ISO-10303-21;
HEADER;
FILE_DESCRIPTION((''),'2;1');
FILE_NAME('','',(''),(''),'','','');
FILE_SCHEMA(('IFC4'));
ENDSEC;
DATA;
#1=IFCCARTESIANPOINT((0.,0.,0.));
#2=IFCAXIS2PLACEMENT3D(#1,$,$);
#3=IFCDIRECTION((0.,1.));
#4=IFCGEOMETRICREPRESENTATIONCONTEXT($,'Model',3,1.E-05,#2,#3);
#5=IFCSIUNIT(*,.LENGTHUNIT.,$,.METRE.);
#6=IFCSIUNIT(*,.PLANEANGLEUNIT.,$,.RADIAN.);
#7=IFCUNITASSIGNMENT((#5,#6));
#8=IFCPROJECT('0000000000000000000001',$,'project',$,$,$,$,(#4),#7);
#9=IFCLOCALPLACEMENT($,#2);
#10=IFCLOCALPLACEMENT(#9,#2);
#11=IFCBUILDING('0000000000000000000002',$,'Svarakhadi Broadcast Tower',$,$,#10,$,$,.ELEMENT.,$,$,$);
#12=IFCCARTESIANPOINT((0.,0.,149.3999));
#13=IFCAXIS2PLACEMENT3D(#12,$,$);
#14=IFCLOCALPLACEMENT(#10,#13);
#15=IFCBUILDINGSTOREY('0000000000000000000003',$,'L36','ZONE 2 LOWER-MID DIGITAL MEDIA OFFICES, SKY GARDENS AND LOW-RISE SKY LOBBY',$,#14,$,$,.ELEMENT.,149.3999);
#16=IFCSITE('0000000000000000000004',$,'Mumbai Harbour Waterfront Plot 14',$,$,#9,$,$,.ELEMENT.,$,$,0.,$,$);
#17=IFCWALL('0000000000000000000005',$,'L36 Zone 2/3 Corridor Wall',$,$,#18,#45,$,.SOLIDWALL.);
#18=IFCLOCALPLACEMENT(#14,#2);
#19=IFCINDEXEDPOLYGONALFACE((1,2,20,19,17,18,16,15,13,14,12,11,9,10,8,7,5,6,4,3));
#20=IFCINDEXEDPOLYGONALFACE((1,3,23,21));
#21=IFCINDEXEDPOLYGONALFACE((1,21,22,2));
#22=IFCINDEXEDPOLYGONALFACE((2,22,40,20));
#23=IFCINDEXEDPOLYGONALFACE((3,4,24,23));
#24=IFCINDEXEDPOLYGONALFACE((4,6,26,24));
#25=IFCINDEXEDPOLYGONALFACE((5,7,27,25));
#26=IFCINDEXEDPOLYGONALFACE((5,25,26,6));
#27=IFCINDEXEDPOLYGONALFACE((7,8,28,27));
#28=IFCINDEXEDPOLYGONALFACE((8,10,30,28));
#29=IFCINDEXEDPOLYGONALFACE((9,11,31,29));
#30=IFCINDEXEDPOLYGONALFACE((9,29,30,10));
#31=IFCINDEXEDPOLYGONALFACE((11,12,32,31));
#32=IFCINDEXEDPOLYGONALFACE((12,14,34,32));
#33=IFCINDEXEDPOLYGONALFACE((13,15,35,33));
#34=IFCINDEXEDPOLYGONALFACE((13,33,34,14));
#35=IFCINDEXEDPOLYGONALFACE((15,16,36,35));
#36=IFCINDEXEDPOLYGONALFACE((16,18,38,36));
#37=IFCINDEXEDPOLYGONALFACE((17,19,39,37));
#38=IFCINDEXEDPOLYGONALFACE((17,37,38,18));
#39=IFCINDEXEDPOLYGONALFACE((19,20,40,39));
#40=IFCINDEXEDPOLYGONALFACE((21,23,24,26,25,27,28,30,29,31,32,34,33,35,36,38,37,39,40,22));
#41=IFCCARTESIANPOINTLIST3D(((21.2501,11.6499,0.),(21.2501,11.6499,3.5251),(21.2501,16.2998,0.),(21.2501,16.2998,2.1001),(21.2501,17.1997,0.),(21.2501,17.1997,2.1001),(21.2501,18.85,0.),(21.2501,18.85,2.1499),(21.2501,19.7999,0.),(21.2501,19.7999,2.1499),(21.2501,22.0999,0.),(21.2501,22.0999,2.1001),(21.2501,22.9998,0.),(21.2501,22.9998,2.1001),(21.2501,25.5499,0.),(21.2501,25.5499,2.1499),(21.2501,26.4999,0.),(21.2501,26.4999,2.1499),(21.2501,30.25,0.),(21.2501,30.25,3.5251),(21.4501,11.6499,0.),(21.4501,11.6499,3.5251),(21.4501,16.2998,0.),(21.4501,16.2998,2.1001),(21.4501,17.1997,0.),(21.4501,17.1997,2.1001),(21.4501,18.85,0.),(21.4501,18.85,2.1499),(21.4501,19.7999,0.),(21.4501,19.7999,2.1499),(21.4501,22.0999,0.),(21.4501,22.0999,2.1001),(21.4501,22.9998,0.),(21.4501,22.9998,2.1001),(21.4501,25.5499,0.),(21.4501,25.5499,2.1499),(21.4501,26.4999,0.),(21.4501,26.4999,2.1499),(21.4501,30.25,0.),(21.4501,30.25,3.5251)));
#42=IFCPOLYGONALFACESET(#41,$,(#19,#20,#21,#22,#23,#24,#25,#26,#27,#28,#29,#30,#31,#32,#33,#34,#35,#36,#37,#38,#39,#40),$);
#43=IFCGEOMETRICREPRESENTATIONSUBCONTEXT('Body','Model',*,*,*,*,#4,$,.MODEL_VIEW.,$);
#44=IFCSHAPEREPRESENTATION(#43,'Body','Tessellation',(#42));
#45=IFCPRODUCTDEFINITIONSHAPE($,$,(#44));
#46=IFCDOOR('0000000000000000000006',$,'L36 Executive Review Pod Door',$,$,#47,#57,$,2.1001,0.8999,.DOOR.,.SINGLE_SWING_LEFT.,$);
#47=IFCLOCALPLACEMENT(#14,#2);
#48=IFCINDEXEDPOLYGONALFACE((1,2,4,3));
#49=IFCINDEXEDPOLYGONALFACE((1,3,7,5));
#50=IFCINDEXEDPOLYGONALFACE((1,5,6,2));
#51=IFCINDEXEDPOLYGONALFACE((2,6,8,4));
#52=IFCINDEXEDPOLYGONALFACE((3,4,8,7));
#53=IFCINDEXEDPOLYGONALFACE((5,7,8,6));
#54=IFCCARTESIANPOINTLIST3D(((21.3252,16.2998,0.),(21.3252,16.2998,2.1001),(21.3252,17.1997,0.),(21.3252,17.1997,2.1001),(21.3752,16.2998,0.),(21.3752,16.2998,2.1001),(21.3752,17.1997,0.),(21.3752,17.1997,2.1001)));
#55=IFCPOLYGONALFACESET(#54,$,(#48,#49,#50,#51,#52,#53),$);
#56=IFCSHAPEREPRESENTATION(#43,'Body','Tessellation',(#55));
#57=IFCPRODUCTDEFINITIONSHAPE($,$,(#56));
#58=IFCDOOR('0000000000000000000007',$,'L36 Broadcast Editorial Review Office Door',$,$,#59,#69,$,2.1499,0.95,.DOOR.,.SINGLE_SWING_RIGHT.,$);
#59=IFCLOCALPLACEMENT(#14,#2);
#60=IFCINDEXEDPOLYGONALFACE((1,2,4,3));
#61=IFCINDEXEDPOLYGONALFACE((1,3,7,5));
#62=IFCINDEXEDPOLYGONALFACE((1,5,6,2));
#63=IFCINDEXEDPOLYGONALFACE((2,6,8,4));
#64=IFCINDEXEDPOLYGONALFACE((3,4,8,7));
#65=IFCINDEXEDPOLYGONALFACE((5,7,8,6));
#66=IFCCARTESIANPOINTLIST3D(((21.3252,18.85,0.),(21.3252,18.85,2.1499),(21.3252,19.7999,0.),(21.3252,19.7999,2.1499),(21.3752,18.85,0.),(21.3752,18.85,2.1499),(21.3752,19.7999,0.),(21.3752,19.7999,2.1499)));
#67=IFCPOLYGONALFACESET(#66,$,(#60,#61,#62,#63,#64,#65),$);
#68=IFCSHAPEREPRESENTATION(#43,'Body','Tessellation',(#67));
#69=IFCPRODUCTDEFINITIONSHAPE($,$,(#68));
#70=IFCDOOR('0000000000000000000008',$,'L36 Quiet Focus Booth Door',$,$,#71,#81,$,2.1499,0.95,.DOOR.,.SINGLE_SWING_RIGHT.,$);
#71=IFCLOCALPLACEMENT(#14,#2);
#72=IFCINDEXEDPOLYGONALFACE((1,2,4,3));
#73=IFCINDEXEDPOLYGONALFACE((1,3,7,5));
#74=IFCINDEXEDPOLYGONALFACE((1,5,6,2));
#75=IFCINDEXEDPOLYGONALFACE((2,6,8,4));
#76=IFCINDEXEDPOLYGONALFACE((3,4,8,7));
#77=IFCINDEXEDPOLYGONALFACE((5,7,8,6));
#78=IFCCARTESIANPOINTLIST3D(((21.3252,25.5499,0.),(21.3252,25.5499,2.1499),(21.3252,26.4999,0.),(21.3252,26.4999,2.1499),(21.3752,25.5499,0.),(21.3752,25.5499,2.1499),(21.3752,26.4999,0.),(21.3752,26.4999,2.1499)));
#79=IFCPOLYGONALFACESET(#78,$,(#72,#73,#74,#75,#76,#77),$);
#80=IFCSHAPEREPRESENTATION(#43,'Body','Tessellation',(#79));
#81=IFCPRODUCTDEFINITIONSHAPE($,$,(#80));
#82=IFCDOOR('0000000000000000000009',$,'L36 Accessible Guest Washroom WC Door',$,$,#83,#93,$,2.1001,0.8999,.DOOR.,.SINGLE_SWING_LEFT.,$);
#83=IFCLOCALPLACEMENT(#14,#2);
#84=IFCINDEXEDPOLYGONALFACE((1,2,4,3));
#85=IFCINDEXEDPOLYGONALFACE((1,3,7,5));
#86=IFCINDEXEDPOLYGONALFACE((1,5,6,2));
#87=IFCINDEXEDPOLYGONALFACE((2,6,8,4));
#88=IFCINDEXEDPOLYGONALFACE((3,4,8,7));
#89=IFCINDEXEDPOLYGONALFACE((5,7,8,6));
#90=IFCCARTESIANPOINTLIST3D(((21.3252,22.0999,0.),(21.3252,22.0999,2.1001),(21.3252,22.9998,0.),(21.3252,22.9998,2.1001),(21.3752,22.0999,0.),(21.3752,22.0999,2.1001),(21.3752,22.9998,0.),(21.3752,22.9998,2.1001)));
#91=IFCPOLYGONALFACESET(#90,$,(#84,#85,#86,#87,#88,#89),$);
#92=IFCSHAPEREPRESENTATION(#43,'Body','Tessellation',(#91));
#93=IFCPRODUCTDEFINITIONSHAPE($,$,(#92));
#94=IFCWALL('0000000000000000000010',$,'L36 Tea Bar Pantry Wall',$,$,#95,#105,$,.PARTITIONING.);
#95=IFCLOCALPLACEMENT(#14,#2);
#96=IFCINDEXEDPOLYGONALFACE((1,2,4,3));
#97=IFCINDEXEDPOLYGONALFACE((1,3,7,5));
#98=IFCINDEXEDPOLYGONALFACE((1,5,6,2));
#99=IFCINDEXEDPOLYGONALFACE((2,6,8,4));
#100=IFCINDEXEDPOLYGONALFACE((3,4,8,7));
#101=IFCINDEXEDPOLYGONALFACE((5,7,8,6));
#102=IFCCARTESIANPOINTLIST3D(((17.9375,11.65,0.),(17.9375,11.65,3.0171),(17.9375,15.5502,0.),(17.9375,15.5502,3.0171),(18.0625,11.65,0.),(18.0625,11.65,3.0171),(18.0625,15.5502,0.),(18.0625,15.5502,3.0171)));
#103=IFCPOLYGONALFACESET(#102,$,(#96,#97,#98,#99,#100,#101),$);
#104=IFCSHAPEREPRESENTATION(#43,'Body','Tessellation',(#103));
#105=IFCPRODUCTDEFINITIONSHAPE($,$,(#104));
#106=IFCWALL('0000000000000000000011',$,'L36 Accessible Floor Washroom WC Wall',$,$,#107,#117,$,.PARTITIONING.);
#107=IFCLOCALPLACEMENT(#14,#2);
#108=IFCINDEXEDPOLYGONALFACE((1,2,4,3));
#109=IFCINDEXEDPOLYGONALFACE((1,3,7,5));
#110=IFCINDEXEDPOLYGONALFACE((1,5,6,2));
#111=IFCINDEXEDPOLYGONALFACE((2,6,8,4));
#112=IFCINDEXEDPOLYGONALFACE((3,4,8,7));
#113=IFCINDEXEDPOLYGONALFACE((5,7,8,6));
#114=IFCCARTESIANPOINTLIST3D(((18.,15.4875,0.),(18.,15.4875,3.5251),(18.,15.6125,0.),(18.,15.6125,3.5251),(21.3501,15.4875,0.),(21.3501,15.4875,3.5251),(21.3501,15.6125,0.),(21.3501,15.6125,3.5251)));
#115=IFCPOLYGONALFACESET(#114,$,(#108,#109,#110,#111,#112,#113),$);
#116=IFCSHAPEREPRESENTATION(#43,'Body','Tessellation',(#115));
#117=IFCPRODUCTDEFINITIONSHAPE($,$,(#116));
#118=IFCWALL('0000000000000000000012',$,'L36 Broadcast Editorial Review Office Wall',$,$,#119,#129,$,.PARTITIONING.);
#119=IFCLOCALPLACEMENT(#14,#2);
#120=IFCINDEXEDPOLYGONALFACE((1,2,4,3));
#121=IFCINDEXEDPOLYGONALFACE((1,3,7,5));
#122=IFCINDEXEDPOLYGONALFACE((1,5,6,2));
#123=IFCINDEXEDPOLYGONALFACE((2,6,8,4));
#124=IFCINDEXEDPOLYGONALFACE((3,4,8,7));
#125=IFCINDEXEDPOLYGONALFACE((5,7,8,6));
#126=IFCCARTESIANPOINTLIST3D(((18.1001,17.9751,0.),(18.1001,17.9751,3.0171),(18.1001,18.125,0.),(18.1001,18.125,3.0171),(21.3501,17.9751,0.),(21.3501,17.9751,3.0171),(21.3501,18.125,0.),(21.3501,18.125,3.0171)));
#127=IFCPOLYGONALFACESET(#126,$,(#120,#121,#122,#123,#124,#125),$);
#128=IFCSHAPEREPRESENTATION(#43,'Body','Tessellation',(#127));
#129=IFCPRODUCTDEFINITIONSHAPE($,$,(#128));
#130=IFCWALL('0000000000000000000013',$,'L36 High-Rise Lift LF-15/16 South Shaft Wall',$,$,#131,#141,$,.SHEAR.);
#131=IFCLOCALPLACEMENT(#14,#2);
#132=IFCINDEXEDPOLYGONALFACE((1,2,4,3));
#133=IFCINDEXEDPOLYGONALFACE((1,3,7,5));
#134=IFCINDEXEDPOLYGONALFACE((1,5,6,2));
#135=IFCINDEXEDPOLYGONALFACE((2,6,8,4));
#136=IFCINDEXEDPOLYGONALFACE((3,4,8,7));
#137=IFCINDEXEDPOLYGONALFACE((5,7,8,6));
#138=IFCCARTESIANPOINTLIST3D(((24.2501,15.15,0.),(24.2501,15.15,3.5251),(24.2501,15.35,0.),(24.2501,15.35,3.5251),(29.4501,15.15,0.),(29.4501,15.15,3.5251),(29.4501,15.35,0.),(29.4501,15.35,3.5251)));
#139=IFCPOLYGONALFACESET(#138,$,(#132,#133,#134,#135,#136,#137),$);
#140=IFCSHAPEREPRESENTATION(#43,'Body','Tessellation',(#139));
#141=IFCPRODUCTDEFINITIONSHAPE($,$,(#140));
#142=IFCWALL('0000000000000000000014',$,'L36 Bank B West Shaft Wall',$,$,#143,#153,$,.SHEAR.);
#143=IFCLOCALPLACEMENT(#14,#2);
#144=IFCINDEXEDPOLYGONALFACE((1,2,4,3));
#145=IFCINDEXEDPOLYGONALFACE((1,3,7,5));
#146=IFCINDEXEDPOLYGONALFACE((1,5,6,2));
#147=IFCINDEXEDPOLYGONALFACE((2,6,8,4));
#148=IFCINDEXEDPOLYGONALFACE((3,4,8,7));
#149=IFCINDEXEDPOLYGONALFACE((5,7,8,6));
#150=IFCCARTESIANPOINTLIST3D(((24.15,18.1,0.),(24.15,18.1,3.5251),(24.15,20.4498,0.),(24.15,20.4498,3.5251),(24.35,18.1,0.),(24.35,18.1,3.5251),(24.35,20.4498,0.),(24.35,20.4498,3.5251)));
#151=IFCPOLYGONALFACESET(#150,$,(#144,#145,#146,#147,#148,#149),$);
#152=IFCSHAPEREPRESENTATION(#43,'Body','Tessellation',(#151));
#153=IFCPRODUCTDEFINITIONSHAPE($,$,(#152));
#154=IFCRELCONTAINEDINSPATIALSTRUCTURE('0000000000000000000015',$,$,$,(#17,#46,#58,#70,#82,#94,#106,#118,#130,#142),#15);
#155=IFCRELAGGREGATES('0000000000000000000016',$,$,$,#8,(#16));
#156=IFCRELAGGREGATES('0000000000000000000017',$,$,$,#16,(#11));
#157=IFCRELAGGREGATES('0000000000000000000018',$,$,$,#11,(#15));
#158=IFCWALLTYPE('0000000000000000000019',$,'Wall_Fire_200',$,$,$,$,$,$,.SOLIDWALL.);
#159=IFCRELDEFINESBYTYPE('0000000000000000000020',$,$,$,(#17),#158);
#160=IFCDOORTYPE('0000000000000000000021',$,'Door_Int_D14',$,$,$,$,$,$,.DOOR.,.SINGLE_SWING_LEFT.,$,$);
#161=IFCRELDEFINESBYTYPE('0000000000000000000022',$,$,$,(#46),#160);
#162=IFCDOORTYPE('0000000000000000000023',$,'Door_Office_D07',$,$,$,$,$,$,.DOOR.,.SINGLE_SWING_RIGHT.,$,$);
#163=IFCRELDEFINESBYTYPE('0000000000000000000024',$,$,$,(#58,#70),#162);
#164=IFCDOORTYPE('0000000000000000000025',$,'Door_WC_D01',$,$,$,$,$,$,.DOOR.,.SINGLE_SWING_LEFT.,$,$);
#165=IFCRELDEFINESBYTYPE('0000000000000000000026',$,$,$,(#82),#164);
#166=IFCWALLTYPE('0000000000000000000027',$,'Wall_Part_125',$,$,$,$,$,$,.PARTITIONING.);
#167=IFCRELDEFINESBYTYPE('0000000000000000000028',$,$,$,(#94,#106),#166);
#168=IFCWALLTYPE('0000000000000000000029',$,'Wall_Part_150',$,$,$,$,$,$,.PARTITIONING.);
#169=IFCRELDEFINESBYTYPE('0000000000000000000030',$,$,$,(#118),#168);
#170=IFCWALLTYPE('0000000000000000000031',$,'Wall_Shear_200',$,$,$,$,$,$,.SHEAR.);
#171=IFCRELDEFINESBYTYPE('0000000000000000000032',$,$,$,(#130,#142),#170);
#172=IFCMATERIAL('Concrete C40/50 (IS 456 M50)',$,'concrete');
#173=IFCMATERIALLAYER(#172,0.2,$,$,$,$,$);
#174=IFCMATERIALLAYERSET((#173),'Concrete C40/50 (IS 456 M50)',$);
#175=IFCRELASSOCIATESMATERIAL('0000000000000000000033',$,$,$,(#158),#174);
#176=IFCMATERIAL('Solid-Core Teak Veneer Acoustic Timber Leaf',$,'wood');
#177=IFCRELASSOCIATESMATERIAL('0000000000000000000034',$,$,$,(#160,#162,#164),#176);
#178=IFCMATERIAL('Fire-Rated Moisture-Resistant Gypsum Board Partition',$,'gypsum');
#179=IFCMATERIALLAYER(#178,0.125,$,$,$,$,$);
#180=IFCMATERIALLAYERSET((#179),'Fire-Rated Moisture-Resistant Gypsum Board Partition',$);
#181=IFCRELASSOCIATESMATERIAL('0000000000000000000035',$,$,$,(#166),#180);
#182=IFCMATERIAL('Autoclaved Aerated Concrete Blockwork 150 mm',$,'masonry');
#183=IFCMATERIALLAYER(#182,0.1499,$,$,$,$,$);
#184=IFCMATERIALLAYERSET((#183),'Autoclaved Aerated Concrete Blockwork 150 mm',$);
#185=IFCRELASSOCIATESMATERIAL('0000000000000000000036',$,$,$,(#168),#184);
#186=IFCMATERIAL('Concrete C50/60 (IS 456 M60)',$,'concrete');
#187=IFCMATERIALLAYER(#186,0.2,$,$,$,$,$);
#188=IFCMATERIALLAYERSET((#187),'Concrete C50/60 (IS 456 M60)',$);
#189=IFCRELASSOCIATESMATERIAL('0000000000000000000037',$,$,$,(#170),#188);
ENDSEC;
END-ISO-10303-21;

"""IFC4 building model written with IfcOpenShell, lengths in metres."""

from ifc_helpers import new_model, si_unit, direction, frame, frame_2d, origin, place, context, subcontext, project, spatial, rectangle, extrude, material, layer, layer_set, type_object, element, fill, save


model = new_model("IFC4")

# Units and contexts
model_context = context("Model", 3, precision=1e-05, world=origin(), true_north=direction((0.0, 1.0)))
body_context = subcontext(model_context, "Body", "Model", "MODEL_VIEW")
ifc_project = project(units=[si_unit("LENGTHUNIT", "METRE"), si_unit("PLANEANGLEUNIT", "RADIAN")], contexts=[model_context])

# Site, building, storey
site_placement = place(None, origin())
site = spatial("IfcSite", under=ifc_project, at=site_placement, Name="Mumbai Harbour Waterfront Plot 14", CompositionType="ELEMENT", RefElevation=0.0)
building_placement = place(site_placement, origin())
building = spatial("IfcBuilding", under=site, at=building_placement, Name="Svarakhadi Broadcast Tower", CompositionType="ELEMENT")
storey_placement = place(building_placement, frame((0.0, 0.0, 149.3999)))
storey = spatial("IfcBuildingStorey", under=building, at=storey_placement, Name="L36", Description="ZONE 2 LOWER-MID DIGITAL MEDIA OFFICES, SKY GARDENS AND LOW-RISE SKY LOBBY", CompositionType="ELEMENT", Elevation=149.3999)

# Shared definitions
ifc_material_1 = material(Name="Concrete C50/60 (IS 456 M60)", Category="concrete")

# Wall, openings, doors
ifc_material_2 = material(Name="Concrete C40/50 (IS 456 M50)", Category="concrete")
ifc_layer_1 = layer(ifc_material_2, 0.2)
ifc_layer_set_1 = layer_set([ifc_layer_1], Name="Concrete C40/50 (IS 456 M50)")
wall_type_1 = type_object("IfcWallType", Name="Wall_Fire_200", PredefinedType="SOLIDWALL", material=ifc_layer_set_1)
wall_1_placement = place(storey_placement, frame((21.3501, 11.6499, 0.0), z_axis=(0.0, 0.0, 1.0), x_axis=(0.0, 1.0, 0.0)))
wall_1 = element("IfcWall", 1, at=wall_1_placement, inside=storey, type_object=wall_type_1, Name="L36 Zone 2/3 Corridor Wall", PredefinedType="SOLIDWALL", context=body_context, shape_type="SweptSolid", body=[
    extrude(rectangle(XDim=18.6001, YDim=0.2, at=frame_2d((9.3, 0.0))), origin(), (0.0, 0.0, 1.0), 3.5251),
])
opening_1_placement = place(wall_1_placement, frame((7.2, 0.0, 0.0)))
opening_1 = element("IfcOpeningElement", 2, at=opening_1_placement, cuts=wall_1, PredefinedType="OPENING", context=body_context, shape_type="SweptSolid", body=[
    extrude(rectangle(XDim=0.95, YDim=2.1499, at=frame_2d((0.4751, 1.075))), frame((0.0, 0.1099, 0.0), z_axis=(0.0, -1.0, 0.0), x_axis=(1.0, 0.0, 0.0)), (0.0, 0.0, 1.0), 0.22),
])
opening_2_placement = place(wall_1_placement, frame((10.45, 0.0, 0.0)))
opening_2 = element("IfcOpeningElement", 3, at=opening_2_placement, cuts=wall_1, PredefinedType="OPENING", context=body_context, shape_type="SweptSolid", body=[
    extrude(rectangle(XDim=0.8999, YDim=2.1001, at=frame_2d((0.45, 1.05))), frame((0.0, 0.1099, 0.0), z_axis=(0.0, -1.0, 0.0), x_axis=(1.0, 0.0, 0.0)), (0.0, 0.0, 1.0), 0.22),
])
opening_3_placement = place(wall_1_placement, frame((13.8999, 0.0, 0.0)))
opening_3 = element("IfcOpeningElement", 4, at=opening_3_placement, cuts=wall_1, PredefinedType="OPENING", context=body_context, shape_type="SweptSolid", body=[
    extrude(rectangle(XDim=0.95, YDim=2.1499, at=frame_2d((0.4751, 1.075))), frame((0.0, 0.1099, 0.0), z_axis=(0.0, -1.0, 0.0), x_axis=(1.0, 0.0, 0.0)), (0.0, 0.0, 1.0), 0.22),
])
opening_4_placement = place(wall_1_placement, frame((4.6499, 0.0, 0.0)))
opening_4 = element("IfcOpeningElement", 5, at=opening_4_placement, cuts=wall_1, PredefinedType="OPENING", context=body_context, shape_type="SweptSolid", body=[
    extrude(rectangle(XDim=0.8999, YDim=2.1001, at=frame_2d((0.45, 1.05))), frame((0.0, 0.1099, 0.0), z_axis=(0.0, -1.0, 0.0), x_axis=(1.0, 0.0, 0.0)), (0.0, 0.0, 1.0), 0.22),
])
ifc_material_3 = material(Name="Solid-Core Teak Veneer Acoustic Timber Leaf", Category="wood")
door_type_1 = type_object("IfcDoorType", Name="Door_Int_D14", OperationType="SINGLE_SWING_LEFT", PredefinedType="DOOR", material=ifc_material_3)
door_1_placement = place(opening_4_placement, origin())
door_1 = element("IfcDoor", 6, at=door_1_placement, inside=storey, type_object=door_type_1, Name="L36 Executive Review Pod Door", OperationType="SINGLE_SWING_LEFT", OverallHeight=2.1001, OverallWidth=0.8999, PredefinedType="DOOR", context=body_context, shape_type="SweptSolid", body=[
    extrude(rectangle(XDim=0.8999, YDim=2.1001, at=frame_2d((0.45, 1.05))), frame((0.0, 0.0249, 0.0), z_axis=(0.0, -1.0, 0.0), x_axis=(1.0, 0.0, 0.0)), (0.0, 0.0, 1.0), 0.05),
])
fill(opening_4, door_1)
door_type_2 = type_object("IfcDoorType", Name="Door_Office_D07", OperationType="SINGLE_SWING_RIGHT", PredefinedType="DOOR", material=ifc_material_3)
door_2_placement = place(opening_1_placement, origin())
door_2 = element("IfcDoor", 7, at=door_2_placement, inside=storey, type_object=door_type_2, Name="L36 Broadcast Editorial Review Office Door", OperationType="SINGLE_SWING_RIGHT", OverallHeight=2.1499, OverallWidth=0.95, PredefinedType="DOOR", context=body_context, shape_type="SweptSolid", body=[
    extrude(rectangle(XDim=0.95, YDim=2.1499, at=frame_2d((0.4751, 1.075))), frame((0.0, 0.0249, 0.0), z_axis=(0.0, -1.0, 0.0), x_axis=(1.0, 0.0, 0.0)), (0.0, 0.0, 1.0), 0.05),
])
fill(opening_1, door_2)
door_3_placement = place(opening_3_placement, origin())
door_3 = element("IfcDoor", 8, at=door_3_placement, inside=storey, type_object=door_type_2, Name="L36 Quiet Focus Booth Door", OperationType="SINGLE_SWING_RIGHT", OverallHeight=2.1499, OverallWidth=0.95, PredefinedType="DOOR", context=body_context, shape_type="SweptSolid", body=[
    extrude(rectangle(XDim=0.95, YDim=2.1499, at=frame_2d((0.4751, 1.075))), frame((0.0, 0.0249, 0.0), z_axis=(0.0, -1.0, 0.0), x_axis=(1.0, 0.0, 0.0)), (0.0, 0.0, 1.0), 0.05),
])
fill(opening_3, door_3)
door_type_3 = type_object("IfcDoorType", Name="Door_WC_D01", OperationType="SINGLE_SWING_LEFT", PredefinedType="DOOR", material=ifc_material_3)
door_4_placement = place(opening_2_placement, origin())
door_4 = element("IfcDoor", 9, at=door_4_placement, inside=storey, type_object=door_type_3, Name="L36 Accessible Guest Washroom WC Door", OperationType="SINGLE_SWING_LEFT", OverallHeight=2.1001, OverallWidth=0.8999, PredefinedType="DOOR", context=body_context, shape_type="SweptSolid", body=[
    extrude(rectangle(XDim=0.8999, YDim=2.1001, at=frame_2d((0.45, 1.05))), frame((0.0, 0.0249, 0.0), z_axis=(0.0, -1.0, 0.0), x_axis=(1.0, 0.0, 0.0)), (0.0, 0.0, 1.0), 0.05),
])
fill(opening_2, door_4)

# Walls
ifc_material_4 = material(Name="Fire-Rated Moisture-Resistant Gypsum Board Partition", Category="gypsum")
ifc_layer_2 = layer(ifc_material_4, 0.125)
ifc_layer_set_2 = layer_set([ifc_layer_2], Name="Fire-Rated Moisture-Resistant Gypsum Board Partition")
wall_type_2 = type_object("IfcWallType", Name="Wall_Part_125", PredefinedType="PARTITIONING", material=ifc_layer_set_2)
wall_2_placement = place(storey_placement, frame((18.0, 11.6499, 0.0), z_axis=(0.0, 0.0, 1.0), x_axis=(0.0, 1.0, 0.0)))
element("IfcWall", 10, at=wall_2_placement, inside=storey, type_object=wall_type_2, Name="L36 Tea Bar Pantry Wall", PredefinedType="PARTITIONING", context=body_context, shape_type="SweptSolid", body=[
    extrude(rectangle(XDim=3.9001, YDim=0.125, at=frame_2d((1.9502, 0.0))), origin(), (0.0, 0.0, 1.0), 3.0171),
])
wall_3_placement = place(storey_placement, frame((18.0, 15.55, 0.0), z_axis=(0.0, 0.0, 1.0), x_axis=(1.0, 0.0, 0.0)))
element("IfcWall", 11, at=wall_3_placement, inside=storey, type_object=wall_type_2, Name="L36 Accessible Floor Washroom WC Wall", PredefinedType="PARTITIONING", context=body_context, shape_type="SweptSolid", body=[
    extrude(rectangle(XDim=3.3501, YDim=0.125, at=frame_2d((1.675, 0.0))), origin(), (0.0, 0.0, 1.0), 3.5251),
])
ifc_material_5 = material(Name="Autoclaved Aerated Concrete Blockwork 150 mm", Category="masonry")
ifc_layer_3 = layer(ifc_material_5, 0.1499)
ifc_layer_set_3 = layer_set([ifc_layer_3], Name="Autoclaved Aerated Concrete Blockwork 150 mm")
wall_type_3 = type_object("IfcWallType", Name="Wall_Part_150", PredefinedType="PARTITIONING", material=ifc_layer_set_3)
wall_4_placement = place(storey_placement, frame((18.1001, 18.05, 0.0), z_axis=(0.0, 0.0, 1.0), x_axis=(1.0, 0.0, 0.0)))
element("IfcWall", 12, at=wall_4_placement, inside=storey, type_object=wall_type_3, Name="L36 Broadcast Editorial Review Office Wall", PredefinedType="PARTITIONING", context=body_context, shape_type="SweptSolid", body=[
    extrude(rectangle(XDim=3.25, YDim=0.1499, at=frame_2d((1.625, 0.0))), origin(), (0.0, 0.0, 1.0), 3.0171),
])
ifc_layer_4 = layer(ifc_material_1, 0.2)
ifc_layer_set_4 = layer_set([ifc_layer_4], Name="Concrete C50/60 (IS 456 M60)")
wall_type_4 = type_object("IfcWallType", Name="Wall_Shear_200", PredefinedType="SHEAR", material=ifc_layer_set_4)
wall_5_placement = place(storey_placement, frame((24.25, 15.25, 0.0), z_axis=(0.0, 0.0, 1.0), x_axis=(1.0, 0.0, 0.0)))
element("IfcWall", 13, at=wall_5_placement, inside=storey, type_object=wall_type_4, Name="L36 High-Rise Lift LF-15/16 South Shaft Wall", PredefinedType="SHEAR", context=body_context, shape_type="SweptSolid", body=[
    extrude(rectangle(XDim=5.2, YDim=0.2, at=frame_2d((2.6001, 0.0))), origin(), (0.0, 0.0, 1.0), 3.5251),
])
wall_6_placement = place(storey_placement, frame((24.25, 18.1001, 0.0), z_axis=(0.0, 0.0, 1.0), x_axis=(0.0, 1.0, 0.0)))
element("IfcWall", 14, at=wall_6_placement, inside=storey, type_object=wall_type_4, Name="L36 Bank B West Shaft Wall", PredefinedType="SHEAR", context=body_context, shape_type="SweptSolid", body=[
    extrude(rectangle(XDim=2.3499, YDim=0.2, at=frame_2d((1.1748, 0.0))), origin(), (0.0, 0.0, 1.0), 3.5251),
])

save(model, "model.ifc")
